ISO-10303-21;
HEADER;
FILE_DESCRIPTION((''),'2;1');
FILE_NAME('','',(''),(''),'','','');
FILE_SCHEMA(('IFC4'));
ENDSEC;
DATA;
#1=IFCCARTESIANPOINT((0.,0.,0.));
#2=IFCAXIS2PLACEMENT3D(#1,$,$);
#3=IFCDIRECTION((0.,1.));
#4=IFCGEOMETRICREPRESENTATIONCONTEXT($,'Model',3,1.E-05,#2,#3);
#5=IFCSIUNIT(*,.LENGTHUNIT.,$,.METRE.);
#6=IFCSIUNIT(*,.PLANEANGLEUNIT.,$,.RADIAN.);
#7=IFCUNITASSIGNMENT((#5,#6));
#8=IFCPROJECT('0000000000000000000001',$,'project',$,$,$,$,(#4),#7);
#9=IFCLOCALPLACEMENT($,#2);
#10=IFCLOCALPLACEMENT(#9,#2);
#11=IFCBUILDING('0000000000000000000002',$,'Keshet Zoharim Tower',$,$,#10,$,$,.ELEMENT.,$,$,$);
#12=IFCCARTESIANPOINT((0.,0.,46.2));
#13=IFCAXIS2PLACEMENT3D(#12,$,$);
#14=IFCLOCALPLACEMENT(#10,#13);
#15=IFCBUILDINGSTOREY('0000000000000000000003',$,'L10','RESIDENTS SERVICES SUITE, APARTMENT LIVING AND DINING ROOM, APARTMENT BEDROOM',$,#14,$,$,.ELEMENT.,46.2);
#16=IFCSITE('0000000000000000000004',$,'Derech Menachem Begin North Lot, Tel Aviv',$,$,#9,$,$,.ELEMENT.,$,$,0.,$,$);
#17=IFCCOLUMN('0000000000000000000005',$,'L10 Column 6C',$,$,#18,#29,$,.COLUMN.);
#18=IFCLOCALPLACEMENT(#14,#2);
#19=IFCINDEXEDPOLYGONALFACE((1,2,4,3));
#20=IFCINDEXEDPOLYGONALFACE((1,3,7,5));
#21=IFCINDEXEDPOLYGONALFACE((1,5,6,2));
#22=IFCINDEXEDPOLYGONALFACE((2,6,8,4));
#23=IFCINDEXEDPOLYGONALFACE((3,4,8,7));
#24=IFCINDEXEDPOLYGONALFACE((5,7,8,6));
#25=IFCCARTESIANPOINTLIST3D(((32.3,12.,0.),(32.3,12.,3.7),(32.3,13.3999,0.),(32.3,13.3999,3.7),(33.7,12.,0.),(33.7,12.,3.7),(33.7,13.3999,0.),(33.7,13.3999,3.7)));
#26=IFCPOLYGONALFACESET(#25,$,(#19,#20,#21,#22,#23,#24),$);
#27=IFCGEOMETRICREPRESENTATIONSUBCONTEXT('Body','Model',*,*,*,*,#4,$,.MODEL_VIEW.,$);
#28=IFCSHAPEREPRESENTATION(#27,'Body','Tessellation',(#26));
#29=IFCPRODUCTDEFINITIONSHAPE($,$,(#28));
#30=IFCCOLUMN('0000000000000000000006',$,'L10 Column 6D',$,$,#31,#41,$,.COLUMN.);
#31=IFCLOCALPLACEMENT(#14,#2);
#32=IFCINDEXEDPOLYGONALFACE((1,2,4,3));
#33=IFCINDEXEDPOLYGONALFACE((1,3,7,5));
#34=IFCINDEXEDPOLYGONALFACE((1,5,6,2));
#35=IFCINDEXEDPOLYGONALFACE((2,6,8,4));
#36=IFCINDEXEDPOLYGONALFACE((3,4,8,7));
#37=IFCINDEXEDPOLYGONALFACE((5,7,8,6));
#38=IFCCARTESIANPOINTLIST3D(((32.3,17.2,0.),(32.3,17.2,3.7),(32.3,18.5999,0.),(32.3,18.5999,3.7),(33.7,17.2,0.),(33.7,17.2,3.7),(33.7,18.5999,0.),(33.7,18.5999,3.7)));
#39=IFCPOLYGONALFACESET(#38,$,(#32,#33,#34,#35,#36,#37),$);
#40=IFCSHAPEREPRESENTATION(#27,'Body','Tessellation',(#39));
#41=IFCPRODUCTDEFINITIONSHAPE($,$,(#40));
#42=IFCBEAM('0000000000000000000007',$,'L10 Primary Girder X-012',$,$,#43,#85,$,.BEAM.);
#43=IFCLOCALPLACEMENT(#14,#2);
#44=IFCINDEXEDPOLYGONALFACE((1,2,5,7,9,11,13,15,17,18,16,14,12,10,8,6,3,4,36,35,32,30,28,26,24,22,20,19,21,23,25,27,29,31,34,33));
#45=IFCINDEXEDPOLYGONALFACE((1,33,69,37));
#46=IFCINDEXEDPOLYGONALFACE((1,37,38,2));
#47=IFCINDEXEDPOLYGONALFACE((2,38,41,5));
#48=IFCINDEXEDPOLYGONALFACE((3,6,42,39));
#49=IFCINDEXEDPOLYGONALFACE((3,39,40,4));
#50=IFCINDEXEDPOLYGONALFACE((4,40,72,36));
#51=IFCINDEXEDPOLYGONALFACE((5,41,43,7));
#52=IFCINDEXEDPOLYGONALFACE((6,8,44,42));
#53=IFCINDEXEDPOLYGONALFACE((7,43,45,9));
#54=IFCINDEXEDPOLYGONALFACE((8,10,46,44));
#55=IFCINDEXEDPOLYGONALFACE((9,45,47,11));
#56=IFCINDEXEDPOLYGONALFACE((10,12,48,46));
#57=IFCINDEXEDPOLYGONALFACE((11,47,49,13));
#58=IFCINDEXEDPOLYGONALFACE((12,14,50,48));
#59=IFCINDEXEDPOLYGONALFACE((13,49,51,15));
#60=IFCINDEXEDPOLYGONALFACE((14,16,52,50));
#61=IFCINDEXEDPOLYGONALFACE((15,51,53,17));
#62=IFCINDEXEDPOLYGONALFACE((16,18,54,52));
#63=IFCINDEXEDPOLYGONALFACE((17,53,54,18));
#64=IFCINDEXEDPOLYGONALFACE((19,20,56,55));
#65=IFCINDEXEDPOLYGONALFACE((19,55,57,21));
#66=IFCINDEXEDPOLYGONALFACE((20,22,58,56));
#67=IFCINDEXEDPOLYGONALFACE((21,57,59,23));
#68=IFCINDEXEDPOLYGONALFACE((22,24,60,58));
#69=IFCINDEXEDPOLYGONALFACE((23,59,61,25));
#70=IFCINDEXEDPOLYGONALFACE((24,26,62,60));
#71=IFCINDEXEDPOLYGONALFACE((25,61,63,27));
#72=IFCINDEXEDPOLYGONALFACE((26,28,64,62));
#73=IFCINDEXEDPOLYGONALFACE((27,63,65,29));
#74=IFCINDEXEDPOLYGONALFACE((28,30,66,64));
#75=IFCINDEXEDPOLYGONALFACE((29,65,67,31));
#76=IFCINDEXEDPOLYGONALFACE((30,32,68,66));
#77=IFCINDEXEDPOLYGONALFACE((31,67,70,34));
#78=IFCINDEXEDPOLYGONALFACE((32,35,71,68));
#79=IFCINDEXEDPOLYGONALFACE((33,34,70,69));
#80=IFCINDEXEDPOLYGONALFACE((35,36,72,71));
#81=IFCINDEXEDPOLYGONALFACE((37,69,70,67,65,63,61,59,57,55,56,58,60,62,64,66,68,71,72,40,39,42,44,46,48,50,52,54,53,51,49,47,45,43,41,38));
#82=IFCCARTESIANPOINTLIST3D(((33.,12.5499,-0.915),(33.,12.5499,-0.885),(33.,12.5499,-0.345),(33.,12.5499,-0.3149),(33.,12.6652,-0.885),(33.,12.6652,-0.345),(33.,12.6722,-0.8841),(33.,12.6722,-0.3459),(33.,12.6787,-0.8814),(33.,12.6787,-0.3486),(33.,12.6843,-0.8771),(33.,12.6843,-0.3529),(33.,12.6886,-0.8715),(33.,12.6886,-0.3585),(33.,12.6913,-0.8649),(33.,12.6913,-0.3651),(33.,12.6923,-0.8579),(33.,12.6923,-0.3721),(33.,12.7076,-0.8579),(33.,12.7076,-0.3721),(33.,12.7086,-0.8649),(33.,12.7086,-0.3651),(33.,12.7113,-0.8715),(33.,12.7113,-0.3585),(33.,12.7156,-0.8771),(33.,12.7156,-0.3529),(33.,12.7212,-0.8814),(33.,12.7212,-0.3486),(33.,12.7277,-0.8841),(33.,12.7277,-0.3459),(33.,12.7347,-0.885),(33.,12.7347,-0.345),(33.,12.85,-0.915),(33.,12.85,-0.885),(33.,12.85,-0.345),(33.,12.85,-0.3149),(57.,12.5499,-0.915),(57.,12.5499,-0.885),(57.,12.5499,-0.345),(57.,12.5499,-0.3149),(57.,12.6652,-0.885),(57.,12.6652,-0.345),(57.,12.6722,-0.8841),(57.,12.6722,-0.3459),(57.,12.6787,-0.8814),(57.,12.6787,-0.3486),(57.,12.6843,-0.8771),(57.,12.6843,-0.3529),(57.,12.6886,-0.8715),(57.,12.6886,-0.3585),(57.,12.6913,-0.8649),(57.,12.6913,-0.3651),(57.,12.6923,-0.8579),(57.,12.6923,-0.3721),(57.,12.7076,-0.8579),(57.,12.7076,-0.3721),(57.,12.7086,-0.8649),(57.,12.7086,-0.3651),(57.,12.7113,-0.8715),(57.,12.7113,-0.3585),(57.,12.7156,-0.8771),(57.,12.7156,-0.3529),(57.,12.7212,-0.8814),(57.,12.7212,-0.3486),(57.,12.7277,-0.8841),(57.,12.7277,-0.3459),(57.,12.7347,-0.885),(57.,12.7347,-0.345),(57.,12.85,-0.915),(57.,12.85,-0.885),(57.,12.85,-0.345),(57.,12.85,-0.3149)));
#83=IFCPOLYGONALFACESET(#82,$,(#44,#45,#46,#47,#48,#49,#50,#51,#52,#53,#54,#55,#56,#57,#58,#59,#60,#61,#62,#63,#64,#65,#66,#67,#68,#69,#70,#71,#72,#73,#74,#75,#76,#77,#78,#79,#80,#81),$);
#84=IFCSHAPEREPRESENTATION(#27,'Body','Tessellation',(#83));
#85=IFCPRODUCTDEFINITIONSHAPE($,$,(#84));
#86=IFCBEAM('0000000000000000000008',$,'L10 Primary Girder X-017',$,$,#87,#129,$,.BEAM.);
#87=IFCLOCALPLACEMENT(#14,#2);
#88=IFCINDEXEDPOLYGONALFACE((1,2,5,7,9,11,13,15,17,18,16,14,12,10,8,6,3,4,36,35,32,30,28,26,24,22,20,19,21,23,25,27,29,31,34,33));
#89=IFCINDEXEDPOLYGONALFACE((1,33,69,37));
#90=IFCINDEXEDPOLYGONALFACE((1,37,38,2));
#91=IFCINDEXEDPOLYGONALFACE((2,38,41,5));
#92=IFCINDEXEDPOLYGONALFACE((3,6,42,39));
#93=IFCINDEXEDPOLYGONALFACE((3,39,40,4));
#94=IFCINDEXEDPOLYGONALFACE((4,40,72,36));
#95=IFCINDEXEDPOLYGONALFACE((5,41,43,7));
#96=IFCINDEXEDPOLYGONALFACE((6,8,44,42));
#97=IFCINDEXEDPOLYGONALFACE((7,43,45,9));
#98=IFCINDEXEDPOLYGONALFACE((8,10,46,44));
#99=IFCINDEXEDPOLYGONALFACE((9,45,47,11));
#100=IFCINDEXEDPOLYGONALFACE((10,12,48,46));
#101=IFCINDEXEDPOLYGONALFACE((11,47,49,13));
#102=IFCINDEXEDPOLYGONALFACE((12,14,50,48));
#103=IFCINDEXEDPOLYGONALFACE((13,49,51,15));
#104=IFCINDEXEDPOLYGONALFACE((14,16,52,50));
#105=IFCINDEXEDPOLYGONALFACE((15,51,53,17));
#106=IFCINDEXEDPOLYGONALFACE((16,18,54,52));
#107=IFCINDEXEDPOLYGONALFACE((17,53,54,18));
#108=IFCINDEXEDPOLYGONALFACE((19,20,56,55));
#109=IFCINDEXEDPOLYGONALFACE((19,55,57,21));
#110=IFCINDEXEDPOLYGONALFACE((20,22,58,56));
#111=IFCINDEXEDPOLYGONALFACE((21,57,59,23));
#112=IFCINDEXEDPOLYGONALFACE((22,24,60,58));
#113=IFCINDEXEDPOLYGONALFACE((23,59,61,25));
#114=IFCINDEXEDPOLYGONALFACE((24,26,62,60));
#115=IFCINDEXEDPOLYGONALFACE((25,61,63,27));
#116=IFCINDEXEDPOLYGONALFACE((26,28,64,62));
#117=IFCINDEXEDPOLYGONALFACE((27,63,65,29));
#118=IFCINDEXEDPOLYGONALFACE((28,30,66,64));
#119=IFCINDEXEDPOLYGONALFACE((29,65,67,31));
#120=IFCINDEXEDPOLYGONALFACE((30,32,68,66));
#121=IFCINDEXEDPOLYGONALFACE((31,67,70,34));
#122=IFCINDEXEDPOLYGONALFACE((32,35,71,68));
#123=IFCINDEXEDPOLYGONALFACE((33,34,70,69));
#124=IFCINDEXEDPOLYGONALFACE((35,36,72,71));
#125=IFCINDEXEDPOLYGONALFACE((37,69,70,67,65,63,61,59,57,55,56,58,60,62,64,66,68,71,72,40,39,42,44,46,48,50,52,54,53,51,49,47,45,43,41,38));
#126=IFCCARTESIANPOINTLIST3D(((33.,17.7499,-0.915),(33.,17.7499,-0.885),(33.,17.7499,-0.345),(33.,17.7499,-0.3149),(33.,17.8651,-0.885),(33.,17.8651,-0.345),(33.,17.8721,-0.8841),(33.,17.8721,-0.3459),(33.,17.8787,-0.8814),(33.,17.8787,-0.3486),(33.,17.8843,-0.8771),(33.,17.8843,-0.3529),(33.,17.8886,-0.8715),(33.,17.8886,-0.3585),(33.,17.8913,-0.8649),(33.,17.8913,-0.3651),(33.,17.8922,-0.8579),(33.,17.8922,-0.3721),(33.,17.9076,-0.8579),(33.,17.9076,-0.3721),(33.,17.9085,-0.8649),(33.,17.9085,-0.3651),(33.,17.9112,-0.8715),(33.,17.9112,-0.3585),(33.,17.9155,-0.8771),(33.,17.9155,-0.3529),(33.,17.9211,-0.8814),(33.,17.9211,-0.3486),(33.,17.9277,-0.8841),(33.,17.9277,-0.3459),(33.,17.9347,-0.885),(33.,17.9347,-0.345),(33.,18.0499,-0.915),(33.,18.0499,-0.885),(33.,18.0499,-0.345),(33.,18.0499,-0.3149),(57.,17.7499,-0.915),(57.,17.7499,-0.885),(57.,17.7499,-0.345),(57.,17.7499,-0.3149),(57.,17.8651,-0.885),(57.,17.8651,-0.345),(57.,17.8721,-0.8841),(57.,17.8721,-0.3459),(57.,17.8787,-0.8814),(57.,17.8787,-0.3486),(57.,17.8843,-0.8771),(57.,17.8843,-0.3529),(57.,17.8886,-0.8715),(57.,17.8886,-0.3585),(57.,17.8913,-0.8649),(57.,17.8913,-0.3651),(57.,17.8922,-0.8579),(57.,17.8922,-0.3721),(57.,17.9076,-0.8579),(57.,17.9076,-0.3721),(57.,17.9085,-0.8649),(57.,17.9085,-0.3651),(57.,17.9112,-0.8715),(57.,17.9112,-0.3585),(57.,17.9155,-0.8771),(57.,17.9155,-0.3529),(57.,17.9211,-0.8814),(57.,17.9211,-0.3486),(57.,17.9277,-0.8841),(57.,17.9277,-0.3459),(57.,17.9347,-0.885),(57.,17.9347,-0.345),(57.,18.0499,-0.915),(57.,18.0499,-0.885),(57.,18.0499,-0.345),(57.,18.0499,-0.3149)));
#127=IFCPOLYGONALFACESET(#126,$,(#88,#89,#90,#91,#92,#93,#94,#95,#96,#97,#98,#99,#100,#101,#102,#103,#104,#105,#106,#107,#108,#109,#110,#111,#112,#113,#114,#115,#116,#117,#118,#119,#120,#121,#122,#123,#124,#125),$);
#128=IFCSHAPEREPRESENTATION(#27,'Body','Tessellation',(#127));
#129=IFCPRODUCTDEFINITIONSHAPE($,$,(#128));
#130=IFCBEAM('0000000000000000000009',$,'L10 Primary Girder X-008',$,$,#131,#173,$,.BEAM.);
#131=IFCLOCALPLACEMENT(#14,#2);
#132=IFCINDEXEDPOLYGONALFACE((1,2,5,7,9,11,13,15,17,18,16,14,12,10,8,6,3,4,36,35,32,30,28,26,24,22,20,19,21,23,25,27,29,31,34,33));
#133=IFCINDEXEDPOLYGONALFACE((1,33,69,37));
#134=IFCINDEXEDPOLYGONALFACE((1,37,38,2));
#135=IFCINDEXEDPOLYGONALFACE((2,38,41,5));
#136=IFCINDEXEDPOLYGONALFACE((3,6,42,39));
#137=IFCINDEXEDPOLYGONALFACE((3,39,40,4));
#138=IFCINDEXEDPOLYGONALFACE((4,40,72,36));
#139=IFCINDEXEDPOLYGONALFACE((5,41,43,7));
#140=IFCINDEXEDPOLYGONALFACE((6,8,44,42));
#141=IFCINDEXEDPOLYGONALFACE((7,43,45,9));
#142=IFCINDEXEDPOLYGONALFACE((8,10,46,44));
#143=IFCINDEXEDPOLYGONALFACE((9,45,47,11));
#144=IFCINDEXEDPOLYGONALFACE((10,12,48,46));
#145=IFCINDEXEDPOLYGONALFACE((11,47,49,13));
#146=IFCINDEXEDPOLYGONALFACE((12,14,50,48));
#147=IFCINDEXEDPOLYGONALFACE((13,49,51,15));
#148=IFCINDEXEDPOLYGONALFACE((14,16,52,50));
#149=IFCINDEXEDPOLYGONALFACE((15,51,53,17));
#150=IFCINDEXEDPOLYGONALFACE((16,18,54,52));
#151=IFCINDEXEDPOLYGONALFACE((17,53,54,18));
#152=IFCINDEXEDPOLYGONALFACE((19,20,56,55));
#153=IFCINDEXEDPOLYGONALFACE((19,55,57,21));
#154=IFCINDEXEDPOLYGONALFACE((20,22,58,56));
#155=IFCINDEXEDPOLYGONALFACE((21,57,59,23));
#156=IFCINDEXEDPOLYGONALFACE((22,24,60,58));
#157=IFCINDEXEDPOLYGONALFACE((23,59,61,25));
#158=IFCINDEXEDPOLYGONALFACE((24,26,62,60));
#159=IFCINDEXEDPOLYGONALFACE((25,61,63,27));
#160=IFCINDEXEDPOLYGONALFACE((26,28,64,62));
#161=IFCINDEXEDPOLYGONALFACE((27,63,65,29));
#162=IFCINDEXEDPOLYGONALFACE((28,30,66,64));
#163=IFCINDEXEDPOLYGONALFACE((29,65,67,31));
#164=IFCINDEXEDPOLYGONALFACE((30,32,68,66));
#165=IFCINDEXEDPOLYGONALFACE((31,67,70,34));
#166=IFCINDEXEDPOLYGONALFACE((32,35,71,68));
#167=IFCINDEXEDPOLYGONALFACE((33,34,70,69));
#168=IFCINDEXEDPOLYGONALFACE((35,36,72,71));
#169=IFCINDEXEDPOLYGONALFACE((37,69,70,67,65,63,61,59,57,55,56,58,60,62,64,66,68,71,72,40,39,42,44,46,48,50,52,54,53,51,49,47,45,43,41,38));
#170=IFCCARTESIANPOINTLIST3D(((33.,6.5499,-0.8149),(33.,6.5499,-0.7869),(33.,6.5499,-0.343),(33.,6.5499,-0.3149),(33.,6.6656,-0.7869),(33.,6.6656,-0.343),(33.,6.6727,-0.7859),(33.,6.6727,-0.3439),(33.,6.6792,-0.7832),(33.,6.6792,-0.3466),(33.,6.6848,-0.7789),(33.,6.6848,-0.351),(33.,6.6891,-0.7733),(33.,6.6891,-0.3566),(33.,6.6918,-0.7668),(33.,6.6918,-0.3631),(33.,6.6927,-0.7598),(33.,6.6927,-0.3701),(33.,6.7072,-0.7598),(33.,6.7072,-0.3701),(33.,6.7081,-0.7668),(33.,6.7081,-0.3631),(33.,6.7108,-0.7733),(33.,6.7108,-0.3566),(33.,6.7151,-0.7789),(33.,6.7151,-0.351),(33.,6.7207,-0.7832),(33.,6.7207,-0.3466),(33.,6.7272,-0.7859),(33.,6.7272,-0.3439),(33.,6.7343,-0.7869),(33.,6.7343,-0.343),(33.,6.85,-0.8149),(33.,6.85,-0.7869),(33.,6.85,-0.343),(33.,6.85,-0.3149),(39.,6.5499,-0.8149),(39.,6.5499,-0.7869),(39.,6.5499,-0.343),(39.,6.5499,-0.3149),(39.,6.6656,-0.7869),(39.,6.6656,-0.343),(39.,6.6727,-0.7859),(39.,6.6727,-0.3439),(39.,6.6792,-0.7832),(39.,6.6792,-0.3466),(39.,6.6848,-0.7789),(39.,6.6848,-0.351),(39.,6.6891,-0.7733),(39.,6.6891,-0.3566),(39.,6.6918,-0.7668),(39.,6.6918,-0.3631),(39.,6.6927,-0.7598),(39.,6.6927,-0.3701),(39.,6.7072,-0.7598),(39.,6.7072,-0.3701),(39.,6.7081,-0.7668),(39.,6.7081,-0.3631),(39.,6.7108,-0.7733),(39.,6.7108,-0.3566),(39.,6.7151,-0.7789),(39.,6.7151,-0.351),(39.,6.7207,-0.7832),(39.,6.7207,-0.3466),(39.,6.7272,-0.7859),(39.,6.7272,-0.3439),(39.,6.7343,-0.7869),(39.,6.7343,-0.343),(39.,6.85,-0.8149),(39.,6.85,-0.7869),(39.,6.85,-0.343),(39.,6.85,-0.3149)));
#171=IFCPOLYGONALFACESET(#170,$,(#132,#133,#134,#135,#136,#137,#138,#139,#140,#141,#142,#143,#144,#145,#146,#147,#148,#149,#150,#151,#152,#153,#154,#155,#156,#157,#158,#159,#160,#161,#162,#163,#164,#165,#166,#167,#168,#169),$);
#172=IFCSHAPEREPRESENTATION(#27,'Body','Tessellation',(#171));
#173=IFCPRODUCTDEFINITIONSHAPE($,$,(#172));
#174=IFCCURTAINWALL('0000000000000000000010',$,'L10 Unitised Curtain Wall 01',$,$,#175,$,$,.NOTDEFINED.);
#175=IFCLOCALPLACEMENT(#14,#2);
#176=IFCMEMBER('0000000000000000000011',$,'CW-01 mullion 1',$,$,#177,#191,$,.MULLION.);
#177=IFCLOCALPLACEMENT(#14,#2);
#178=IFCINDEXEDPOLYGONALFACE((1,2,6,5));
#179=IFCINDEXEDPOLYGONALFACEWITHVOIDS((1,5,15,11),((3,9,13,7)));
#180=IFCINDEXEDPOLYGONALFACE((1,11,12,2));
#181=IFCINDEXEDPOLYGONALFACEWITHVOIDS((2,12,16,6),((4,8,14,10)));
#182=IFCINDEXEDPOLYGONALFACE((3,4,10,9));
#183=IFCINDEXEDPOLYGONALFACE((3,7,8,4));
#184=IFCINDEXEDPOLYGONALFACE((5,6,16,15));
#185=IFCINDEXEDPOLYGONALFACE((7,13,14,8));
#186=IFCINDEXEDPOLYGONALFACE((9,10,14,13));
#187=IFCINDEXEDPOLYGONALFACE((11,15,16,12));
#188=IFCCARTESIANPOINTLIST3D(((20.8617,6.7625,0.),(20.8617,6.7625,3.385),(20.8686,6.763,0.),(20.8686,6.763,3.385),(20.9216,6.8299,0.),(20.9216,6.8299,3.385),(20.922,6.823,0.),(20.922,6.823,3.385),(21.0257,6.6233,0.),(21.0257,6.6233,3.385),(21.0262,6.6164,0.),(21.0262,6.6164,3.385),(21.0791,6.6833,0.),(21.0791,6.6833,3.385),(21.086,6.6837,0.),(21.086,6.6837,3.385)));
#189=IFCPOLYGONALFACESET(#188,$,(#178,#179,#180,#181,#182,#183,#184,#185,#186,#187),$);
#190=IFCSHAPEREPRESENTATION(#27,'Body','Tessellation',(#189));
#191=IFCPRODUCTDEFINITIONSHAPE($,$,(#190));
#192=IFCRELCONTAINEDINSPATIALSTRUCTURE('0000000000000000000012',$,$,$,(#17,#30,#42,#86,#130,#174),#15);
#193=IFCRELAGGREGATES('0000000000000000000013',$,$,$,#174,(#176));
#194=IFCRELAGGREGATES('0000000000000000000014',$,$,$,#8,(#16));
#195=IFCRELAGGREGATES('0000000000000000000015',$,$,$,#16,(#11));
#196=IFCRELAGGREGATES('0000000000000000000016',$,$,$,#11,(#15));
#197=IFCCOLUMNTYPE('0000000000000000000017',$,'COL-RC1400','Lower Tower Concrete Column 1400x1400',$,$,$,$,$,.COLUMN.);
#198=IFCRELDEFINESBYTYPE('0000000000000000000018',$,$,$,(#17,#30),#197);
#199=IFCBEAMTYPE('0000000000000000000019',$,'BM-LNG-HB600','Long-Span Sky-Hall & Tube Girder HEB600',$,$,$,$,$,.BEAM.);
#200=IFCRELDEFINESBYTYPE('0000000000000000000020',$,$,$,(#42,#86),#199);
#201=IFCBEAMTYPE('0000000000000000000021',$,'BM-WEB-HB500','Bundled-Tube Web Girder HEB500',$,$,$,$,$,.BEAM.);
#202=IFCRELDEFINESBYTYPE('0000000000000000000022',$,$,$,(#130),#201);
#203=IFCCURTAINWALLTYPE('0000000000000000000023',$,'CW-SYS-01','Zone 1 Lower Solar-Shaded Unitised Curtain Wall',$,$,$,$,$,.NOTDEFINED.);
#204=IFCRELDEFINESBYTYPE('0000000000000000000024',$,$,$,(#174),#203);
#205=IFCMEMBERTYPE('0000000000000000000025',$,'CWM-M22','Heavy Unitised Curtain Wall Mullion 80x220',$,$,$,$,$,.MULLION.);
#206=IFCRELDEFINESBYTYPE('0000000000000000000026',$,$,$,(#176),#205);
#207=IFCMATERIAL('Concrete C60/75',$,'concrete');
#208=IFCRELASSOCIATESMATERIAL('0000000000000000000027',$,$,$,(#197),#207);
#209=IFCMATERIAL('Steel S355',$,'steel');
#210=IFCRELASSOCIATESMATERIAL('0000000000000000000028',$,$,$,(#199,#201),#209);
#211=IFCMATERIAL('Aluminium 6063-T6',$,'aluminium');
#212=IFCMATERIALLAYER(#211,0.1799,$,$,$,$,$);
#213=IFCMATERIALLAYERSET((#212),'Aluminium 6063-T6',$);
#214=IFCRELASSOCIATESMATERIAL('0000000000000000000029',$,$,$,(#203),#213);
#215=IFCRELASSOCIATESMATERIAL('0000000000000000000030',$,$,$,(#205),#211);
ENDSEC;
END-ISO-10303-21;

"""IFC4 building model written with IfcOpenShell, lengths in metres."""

from ifc_helpers import new_model, si_unit, direction, frame, origin, origin_2d, place, context, subcontext, project, spatial, rectangle, hollow_rectangle, i_section, extrude, material, layer, layer_set, material_profile, profile_set, type_object, element, aggregate, save


model = new_model("IFC4")

# Units and contexts
model_context = context("Model", 3, precision=1e-05, world=origin(), true_north=direction((0.0, 1.0)))
body_context = subcontext(model_context, "Body", "Model", "MODEL_VIEW")
ifc_project = project(units=[si_unit("LENGTHUNIT", "METRE"), si_unit("PLANEANGLEUNIT", "RADIAN")], contexts=[model_context])

# Site, building, storey
site_placement = place(None, origin())
site = spatial("IfcSite", under=ifc_project, at=site_placement, Name="Derech Menachem Begin North Lot, Tel Aviv", CompositionType="ELEMENT", RefElevation=0.0)
building_placement = place(site_placement, origin())
building = spatial("IfcBuilding", under=site, at=building_placement, Name="Keshet Zoharim Tower", CompositionType="ELEMENT")
storey_placement = place(building_placement, frame((0.0, 0.0, 46.2)))
storey = spatial("IfcBuildingStorey", under=building, at=storey_placement, Name="L10", Description="RESIDENTS SERVICES SUITE, APARTMENT LIVING AND DINING ROOM, APARTMENT BEDROOM", CompositionType="ELEMENT", Elevation=46.2)

# Columns
ifc_material_1 = material(Name="Concrete C60/75", Category="concrete")
ifc_material_profile_1 = material_profile(ifc_material_1, rectangle(XDim=1.3999, YDim=1.3999, at=origin_2d()), Name="RC1400x1400")
ifc_profile_set_1 = profile_set([ifc_material_profile_1], Name="Concrete C60/75")
column_type = type_object("IfcColumnType", Name="COL-RC1400", Description="Lower Tower Concrete Column 1400x1400", PredefinedType="COLUMN", material=ifc_profile_set_1)
for number, where, z_axis, x_axis, name in (
    (1, (33.0, 12.7, 0.0), (0.0, 0.0, 1.0), (1.0, 0.0, 0.0), "L10 Column 6C"),
    (2, (33.0, 17.8999, 0.0), (0.0, 0.0, 1.0), (1.0, 0.0, 0.0), "L10 Column 6D"),
):
    element("IfcColumn", number, at=place(storey_placement, frame(where, z_axis=z_axis, x_axis=x_axis)), inside=storey, type_object=column_type, Name=name, PredefinedType="COLUMN", context=body_context, shape_type="SweptSolid", body=[
        extrude(rectangle(XDim=1.3999, YDim=1.3999, at=origin_2d()), origin(), (0.0, 0.0, 1.0), 3.7),
    ])

# Beams
ifc_material_2 = material(Name="Steel S355", Category="steel")
ifc_material_profile_2 = material_profile(ifc_material_2, i_section(OverallWidth=0.3, OverallDepth=0.6001, WebThickness=0.0154, FlangeThickness=0.03, FilletRadius=0.0271, at=origin_2d()), Name="HEB600")
ifc_profile_set_2 = profile_set([ifc_material_profile_2], Name="Steel S355")
beam_type_1 = type_object("IfcBeamType", Name="BM-LNG-HB600", Description="Long-Span Sky-Hall & Tube Girder HEB600", PredefinedType="BEAM", material=ifc_profile_set_2)
for number, where, z_axis, x_axis, name in (
    (3, (33.0, 12.7, -0.615), (1.0, 0.0, 0.0), (0.0, 1.0, 0.0), "L10 Primary Girder X-012"),
    (4, (33.0, 17.8999, -0.615), (1.0, 0.0, 0.0), (0.0, 1.0, 0.0), "L10 Primary Girder X-017"),
):
    element("IfcBeam", number, at=place(storey_placement, frame(where, z_axis=z_axis, x_axis=x_axis)), inside=storey, type_object=beam_type_1, Name=name, PredefinedType="BEAM", context=body_context, shape_type="SweptSolid", body=[
        extrude(i_section(OverallWidth=0.3, OverallDepth=0.6001, WebThickness=0.0154, FlangeThickness=0.03, FilletRadius=0.0271, at=origin_2d()), origin(), (0.0, 0.0, 1.0), 24.0),
    ])
ifc_material_profile_3 = material_profile(ifc_material_2, i_section(OverallWidth=0.3, OverallDepth=0.5, WebThickness=0.0144, FlangeThickness=0.0281, FilletRadius=0.0271, at=origin_2d()), Name="HEB500")
ifc_profile_set_3 = profile_set([ifc_material_profile_3], Name="Steel S355")
beam_type_2 = type_object("IfcBeamType", Name="BM-WEB-HB500", Description="Bundled-Tube Web Girder HEB500", PredefinedType="BEAM", material=ifc_profile_set_3)
beam_placement = place(storey_placement, frame((33.0, 6.7, -0.5649), z_axis=(1.0, 0.0, 0.0), x_axis=(0.0, 1.0, 0.0)))
element("IfcBeam", 5, at=beam_placement, inside=storey, type_object=beam_type_2, Name="L10 Primary Girder X-008", PredefinedType="BEAM", context=body_context, shape_type="SweptSolid", body=[
    extrude(i_section(OverallWidth=0.3, OverallDepth=0.5, WebThickness=0.0144, FlangeThickness=0.0281, FilletRadius=0.0271, at=origin_2d()), origin(), (0.0, 0.0, 1.0), 6.0),
])

# Curtain wall, member
ifc_material_3 = material(Name="Aluminium 6063-T6", Category="aluminium")
ifc_layer_1 = layer(ifc_material_3, 0.1799)
ifc_layer_set_1 = layer_set([ifc_layer_1], Name="Aluminium 6063-T6")
curtain_wall_type = type_object("IfcCurtainWallType", Name="CW-SYS-01", Description="Zone 1 Lower Solar-Shaded Unitised Curtain Wall", PredefinedType="NOTDEFINED", material=ifc_layer_set_1)
curtain_wall_placement = place(storey_placement, origin())
curtain_wall = element("IfcCurtainWall", 6, at=curtain_wall_placement, inside=storey, type_object=curtain_wall_type, Name="L10 Unitised Curtain Wall 01", PredefinedType="NOTDEFINED")
ifc_material_profile_4 = material_profile(ifc_material_3, hollow_rectangle(XDim=0.0901, YDim=0.22, WallThickness=0.0049, at=origin_2d()), Name="MUL-90x220")
ifc_profile_set_4 = profile_set([ifc_material_profile_4], Name="Aluminium 6063-T6")
member_type_1 = type_object("IfcMemberType", Name="CWM-M22", Description="Heavy Unitised Curtain Wall Mullion 80x220", PredefinedType="MULLION", material=ifc_profile_set_4)
member_1_placement = place(storey_placement, frame((20.9739, 6.7231, 0.0), z_axis=(0.0, 0.0, 1.0), x_axis=(-0.664364, -0.747409, 0.0)))
member_1 = element("IfcMember", 7, at=member_1_placement, type_object=member_type_1, Name="CW-01 mullion 1", PredefinedType="MULLION", context=body_context, shape_type="SweptSolid", body=[
    extrude(hollow_rectangle(XDim=0.0901, YDim=0.22, WallThickness=0.0049, at=origin_2d()), origin(), (0.0, 0.0, 1.0), 3.385),
])
aggregate(curtain_wall, [member_1])

save(model, "model.ifc")
